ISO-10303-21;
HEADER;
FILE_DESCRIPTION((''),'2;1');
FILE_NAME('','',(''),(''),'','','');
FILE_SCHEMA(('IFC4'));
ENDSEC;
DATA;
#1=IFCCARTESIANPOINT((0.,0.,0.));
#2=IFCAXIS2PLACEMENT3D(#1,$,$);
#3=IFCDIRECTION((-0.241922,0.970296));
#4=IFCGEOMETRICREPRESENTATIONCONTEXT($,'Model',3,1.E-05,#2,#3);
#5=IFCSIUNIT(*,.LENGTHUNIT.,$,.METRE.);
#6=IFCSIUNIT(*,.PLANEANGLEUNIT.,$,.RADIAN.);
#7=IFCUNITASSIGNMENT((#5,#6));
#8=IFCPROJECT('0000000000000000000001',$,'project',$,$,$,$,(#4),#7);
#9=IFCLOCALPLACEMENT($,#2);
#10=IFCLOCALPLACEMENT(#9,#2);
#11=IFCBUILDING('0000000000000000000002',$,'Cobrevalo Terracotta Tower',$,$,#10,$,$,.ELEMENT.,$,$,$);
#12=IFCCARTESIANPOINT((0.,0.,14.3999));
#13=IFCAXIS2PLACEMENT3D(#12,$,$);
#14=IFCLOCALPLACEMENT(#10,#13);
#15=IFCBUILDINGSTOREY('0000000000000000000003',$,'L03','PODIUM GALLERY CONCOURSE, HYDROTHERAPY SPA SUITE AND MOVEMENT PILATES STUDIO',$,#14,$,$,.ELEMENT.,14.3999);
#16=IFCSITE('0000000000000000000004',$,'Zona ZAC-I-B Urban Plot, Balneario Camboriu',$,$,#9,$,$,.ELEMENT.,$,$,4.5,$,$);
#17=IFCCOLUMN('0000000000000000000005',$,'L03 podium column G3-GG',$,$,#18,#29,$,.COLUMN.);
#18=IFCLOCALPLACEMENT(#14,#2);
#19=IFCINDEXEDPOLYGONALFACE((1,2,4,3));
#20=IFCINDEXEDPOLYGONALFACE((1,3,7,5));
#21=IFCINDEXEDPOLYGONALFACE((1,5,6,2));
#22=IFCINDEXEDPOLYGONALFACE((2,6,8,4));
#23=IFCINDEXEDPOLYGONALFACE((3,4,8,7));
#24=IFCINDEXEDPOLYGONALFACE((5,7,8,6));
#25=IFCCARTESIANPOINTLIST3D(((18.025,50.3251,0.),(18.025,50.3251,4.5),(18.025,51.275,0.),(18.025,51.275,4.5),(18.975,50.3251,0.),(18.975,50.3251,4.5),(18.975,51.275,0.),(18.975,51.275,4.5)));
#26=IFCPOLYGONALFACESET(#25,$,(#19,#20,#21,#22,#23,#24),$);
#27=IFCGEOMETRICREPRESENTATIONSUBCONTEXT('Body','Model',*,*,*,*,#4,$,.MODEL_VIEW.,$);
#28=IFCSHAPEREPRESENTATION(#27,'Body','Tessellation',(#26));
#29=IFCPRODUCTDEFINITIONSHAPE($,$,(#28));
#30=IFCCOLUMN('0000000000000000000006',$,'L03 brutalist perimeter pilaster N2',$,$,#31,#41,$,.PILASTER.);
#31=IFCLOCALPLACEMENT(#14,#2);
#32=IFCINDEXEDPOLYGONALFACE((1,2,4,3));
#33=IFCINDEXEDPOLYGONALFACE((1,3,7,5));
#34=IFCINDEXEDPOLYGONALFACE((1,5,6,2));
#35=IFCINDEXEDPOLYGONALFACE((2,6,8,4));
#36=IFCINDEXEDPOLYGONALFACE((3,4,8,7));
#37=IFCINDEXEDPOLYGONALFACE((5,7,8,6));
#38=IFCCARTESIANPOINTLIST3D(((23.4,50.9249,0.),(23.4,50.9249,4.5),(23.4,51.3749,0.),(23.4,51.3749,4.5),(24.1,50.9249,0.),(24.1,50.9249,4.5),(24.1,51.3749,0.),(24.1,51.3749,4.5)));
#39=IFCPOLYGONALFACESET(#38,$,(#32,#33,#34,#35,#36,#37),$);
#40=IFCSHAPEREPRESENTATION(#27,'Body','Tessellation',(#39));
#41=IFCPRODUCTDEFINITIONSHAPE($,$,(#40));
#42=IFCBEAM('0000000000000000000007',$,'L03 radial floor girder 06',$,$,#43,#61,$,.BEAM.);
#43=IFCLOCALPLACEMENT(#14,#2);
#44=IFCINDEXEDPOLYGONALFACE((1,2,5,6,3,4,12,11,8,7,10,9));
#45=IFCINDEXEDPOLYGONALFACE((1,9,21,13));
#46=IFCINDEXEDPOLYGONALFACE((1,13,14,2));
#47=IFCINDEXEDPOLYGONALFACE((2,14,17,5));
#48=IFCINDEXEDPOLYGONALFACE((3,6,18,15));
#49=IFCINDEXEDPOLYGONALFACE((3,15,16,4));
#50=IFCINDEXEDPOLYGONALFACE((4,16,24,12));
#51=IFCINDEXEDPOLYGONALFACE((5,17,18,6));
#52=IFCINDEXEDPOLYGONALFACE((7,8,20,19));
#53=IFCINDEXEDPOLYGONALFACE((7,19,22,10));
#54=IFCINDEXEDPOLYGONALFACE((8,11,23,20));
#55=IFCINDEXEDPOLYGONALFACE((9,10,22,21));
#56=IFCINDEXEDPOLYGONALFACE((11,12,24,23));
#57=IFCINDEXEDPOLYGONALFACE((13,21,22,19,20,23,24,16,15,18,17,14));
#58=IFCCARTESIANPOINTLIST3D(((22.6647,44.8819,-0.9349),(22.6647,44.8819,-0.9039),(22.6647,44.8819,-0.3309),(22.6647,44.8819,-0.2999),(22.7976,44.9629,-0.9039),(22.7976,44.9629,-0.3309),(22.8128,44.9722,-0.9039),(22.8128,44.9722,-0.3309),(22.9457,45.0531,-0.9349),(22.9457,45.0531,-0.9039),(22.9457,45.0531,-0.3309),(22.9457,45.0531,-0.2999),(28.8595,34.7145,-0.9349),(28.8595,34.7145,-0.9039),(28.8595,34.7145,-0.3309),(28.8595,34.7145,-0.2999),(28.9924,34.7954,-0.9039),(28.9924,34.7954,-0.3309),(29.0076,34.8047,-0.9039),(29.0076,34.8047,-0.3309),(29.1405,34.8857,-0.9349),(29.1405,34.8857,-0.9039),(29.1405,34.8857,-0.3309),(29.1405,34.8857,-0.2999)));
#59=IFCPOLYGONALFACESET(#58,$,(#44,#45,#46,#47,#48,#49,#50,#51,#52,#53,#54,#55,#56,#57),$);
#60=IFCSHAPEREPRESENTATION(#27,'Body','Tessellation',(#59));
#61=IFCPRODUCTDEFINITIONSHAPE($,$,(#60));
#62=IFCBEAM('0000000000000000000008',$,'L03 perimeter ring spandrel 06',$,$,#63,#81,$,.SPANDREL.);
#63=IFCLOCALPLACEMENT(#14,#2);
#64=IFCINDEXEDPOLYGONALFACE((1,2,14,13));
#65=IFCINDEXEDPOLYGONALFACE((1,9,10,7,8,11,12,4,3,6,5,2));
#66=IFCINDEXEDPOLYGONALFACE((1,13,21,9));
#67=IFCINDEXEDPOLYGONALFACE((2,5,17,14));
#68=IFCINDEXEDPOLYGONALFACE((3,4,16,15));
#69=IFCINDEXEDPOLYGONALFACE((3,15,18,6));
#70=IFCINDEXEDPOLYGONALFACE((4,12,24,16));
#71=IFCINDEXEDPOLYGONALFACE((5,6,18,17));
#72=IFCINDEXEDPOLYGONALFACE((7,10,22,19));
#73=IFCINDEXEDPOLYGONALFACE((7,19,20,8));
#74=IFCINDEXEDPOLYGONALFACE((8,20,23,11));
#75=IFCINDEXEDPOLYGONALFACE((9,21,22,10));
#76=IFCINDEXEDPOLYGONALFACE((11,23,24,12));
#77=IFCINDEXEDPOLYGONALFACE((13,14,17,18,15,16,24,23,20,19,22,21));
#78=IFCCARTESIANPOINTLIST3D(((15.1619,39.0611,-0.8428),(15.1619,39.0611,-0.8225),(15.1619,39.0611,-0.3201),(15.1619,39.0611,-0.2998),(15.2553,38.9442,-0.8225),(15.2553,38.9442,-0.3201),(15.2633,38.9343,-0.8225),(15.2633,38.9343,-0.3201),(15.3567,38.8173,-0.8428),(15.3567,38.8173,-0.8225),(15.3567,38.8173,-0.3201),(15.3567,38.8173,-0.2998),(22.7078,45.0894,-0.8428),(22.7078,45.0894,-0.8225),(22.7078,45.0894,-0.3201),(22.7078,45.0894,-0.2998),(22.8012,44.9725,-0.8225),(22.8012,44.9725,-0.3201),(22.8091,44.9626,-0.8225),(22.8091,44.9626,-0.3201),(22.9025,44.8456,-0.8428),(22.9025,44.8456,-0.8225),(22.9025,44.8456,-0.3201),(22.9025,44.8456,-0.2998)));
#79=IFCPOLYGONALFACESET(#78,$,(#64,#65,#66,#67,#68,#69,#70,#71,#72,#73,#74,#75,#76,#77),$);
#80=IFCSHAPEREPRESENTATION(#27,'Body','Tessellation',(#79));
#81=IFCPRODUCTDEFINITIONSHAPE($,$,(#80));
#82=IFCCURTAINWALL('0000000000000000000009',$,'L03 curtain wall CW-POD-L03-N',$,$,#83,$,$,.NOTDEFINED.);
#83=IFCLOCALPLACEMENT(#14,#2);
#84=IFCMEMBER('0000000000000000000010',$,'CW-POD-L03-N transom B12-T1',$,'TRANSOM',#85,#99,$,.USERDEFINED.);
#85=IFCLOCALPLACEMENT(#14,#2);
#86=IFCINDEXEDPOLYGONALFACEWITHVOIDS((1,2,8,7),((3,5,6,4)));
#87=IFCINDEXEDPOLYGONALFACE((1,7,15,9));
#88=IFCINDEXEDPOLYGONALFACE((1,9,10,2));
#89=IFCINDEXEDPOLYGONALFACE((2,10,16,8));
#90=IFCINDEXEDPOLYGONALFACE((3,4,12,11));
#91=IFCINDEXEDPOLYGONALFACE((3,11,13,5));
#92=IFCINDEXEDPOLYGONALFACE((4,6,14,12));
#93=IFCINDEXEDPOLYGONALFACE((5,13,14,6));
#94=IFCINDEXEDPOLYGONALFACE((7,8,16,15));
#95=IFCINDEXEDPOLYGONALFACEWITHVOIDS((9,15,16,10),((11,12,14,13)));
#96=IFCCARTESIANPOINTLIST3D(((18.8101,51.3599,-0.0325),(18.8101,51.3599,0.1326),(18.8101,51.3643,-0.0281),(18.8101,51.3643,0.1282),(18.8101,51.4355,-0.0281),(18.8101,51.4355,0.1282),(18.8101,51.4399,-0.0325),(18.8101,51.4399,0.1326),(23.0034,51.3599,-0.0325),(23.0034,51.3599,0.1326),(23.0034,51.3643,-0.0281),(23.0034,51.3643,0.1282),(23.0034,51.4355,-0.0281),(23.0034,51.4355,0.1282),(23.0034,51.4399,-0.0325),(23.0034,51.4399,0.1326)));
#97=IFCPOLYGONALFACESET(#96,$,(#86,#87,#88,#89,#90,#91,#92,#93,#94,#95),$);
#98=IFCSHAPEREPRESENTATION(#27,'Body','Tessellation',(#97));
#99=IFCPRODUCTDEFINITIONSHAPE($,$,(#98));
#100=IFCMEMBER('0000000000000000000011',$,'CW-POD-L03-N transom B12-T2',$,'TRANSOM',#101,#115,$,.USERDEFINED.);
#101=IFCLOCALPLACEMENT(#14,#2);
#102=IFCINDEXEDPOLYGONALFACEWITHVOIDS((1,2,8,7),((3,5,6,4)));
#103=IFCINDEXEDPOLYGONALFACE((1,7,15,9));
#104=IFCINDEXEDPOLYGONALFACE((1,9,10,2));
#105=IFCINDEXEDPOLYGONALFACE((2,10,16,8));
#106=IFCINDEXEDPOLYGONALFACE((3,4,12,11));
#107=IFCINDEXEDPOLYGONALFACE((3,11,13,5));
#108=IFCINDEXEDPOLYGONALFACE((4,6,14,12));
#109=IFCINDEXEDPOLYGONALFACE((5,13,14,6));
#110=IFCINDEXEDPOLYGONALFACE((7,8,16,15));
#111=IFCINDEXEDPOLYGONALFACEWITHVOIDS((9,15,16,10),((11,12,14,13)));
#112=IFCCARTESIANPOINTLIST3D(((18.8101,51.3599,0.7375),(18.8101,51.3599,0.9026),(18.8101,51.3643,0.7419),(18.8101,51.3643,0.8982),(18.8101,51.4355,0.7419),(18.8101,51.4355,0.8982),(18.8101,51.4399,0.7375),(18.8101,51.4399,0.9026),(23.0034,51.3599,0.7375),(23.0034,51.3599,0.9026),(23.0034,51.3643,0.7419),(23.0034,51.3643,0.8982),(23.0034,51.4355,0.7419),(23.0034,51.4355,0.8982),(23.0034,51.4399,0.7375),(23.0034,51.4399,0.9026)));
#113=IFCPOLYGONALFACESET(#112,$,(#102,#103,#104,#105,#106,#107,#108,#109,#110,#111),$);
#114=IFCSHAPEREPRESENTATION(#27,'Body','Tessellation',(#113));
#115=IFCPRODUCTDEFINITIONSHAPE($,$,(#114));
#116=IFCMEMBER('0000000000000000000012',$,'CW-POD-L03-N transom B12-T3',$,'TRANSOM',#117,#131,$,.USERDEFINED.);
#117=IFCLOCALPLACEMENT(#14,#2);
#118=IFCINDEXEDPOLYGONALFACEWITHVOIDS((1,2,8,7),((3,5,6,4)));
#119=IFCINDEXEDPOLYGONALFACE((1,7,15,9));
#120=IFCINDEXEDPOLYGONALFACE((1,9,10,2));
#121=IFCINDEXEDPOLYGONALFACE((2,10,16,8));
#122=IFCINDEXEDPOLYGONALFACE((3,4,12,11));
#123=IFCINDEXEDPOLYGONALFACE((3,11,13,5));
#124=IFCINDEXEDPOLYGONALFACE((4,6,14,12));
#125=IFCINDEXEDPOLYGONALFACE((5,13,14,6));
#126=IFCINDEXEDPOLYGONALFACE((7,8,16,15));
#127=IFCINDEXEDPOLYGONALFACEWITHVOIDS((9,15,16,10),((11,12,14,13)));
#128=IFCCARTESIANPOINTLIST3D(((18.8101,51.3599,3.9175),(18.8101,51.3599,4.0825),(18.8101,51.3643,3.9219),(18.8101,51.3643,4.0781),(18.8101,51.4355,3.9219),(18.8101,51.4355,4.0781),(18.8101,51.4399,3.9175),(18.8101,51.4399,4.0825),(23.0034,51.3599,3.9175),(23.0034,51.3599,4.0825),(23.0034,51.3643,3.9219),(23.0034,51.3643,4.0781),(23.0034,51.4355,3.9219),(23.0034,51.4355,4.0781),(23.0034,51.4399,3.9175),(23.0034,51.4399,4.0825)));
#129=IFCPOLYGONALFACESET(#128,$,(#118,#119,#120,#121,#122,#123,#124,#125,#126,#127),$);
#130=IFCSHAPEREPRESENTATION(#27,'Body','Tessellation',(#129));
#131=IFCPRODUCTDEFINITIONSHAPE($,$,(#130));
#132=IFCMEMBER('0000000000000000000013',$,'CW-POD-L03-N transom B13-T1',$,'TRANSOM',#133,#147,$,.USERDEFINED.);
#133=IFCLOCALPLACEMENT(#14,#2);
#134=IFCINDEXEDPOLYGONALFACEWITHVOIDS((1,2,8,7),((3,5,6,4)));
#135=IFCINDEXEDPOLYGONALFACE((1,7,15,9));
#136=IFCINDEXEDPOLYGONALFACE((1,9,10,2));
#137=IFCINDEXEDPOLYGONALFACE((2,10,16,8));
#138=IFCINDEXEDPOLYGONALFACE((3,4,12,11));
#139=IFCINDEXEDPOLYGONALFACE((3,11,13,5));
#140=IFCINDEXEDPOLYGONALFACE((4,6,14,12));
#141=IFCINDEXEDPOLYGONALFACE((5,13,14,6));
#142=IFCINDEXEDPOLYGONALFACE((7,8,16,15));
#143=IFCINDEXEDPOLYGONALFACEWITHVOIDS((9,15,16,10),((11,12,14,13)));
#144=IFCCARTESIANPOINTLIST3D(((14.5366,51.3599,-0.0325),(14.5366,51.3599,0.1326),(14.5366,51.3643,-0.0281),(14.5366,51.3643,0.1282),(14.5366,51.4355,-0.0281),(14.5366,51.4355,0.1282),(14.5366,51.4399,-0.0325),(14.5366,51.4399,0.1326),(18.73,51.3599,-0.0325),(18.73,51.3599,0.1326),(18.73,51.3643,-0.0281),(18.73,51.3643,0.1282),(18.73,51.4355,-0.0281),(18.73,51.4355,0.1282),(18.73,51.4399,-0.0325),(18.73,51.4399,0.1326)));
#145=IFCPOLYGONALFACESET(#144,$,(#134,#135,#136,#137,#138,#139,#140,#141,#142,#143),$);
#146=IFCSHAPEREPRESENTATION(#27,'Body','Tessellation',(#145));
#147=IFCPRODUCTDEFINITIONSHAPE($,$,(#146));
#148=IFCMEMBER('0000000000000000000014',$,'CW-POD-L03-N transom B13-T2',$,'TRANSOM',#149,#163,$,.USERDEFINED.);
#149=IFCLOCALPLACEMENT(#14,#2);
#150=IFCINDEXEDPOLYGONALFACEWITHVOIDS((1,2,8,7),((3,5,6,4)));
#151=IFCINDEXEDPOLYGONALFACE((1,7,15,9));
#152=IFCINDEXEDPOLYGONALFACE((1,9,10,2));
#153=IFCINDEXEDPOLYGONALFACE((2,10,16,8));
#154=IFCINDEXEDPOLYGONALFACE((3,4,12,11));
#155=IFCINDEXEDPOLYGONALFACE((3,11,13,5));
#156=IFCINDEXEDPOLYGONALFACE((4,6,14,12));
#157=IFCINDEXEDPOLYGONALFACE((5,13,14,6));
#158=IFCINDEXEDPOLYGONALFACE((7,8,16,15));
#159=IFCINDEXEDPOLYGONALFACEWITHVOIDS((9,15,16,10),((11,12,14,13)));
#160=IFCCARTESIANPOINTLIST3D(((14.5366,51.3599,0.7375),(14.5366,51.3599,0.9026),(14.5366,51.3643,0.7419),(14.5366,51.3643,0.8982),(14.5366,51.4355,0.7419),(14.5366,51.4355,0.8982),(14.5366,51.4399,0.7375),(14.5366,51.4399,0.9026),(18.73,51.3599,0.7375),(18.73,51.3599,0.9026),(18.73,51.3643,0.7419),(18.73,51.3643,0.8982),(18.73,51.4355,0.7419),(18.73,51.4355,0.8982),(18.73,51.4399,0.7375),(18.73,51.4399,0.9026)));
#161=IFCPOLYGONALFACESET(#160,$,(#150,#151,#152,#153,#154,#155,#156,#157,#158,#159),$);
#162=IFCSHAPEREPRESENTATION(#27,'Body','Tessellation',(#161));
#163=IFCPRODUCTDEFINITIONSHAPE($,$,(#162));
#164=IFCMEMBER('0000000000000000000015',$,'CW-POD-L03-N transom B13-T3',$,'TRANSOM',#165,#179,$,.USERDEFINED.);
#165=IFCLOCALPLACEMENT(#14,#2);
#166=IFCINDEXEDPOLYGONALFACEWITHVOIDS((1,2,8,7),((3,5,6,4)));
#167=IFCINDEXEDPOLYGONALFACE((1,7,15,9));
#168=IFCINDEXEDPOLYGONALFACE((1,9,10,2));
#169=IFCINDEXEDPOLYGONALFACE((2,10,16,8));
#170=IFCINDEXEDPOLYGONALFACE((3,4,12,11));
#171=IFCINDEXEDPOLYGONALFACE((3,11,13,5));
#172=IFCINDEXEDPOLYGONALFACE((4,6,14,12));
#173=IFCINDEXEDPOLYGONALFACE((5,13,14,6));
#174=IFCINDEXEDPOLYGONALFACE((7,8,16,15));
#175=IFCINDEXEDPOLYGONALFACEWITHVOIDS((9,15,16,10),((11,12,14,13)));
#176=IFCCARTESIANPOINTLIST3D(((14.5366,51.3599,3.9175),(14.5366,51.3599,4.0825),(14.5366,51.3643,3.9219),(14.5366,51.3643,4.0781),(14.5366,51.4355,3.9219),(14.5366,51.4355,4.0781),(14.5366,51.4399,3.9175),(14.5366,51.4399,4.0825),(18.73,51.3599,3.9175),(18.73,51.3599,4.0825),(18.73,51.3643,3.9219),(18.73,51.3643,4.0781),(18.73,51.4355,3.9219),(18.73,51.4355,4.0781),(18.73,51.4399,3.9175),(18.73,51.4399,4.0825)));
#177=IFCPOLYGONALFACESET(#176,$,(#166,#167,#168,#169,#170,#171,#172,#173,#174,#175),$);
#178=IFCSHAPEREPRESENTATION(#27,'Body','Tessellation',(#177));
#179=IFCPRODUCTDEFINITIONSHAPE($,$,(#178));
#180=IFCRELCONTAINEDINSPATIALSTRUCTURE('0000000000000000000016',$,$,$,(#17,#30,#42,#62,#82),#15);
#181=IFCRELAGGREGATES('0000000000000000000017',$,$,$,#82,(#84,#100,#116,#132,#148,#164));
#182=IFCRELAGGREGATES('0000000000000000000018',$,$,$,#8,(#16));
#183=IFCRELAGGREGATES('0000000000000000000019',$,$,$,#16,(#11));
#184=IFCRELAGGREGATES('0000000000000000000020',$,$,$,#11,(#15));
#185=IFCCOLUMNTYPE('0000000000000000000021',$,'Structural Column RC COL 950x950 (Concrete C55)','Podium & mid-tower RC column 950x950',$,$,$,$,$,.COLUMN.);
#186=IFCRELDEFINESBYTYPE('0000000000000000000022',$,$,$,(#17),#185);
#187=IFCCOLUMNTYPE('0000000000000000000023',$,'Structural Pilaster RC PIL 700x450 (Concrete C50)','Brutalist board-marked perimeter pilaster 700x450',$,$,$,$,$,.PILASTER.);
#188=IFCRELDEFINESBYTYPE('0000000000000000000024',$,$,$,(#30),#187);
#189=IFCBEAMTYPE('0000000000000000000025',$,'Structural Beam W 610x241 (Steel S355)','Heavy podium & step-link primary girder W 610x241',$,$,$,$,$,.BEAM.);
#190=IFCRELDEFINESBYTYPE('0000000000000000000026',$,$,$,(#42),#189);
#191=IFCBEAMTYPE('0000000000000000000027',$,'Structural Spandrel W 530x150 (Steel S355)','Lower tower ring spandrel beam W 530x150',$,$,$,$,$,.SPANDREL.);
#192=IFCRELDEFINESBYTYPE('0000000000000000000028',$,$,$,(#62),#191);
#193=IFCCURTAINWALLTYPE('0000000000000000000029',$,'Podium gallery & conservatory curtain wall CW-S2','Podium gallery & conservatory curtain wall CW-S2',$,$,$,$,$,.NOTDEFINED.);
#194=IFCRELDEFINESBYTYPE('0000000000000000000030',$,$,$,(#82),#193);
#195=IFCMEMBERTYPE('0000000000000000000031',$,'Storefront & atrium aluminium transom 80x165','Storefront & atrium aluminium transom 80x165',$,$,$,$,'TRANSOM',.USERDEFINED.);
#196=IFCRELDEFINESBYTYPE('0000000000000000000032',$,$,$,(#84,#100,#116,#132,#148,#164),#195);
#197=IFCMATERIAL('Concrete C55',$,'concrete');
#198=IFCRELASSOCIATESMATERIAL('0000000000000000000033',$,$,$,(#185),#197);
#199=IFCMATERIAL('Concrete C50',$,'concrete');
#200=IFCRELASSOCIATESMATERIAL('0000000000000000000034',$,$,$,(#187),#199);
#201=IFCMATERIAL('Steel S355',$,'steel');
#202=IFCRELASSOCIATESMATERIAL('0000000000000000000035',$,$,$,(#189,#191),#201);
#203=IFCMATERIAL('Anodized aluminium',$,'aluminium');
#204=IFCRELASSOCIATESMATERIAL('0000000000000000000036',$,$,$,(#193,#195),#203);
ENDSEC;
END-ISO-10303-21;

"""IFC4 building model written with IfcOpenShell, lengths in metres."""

from ifc_helpers import new_model, si_unit, direction, frame, origin, origin_2d, place, context, subcontext, project, spatial, rectangle, hollow_rectangle, i_section, extrude, source, transform, mapped, material, material_profile, profile_set, type_object, element, aggregate, save


model = new_model("IFC4")

# Units and contexts
model_context = context("Model", 3, precision=1e-05, world=origin(), true_north=direction((-0.241922, 0.970296)))
body_context = subcontext(model_context, "Body", "Model", "MODEL_VIEW")
ifc_project = project(units=[si_unit("LENGTHUNIT", "METRE"), si_unit("PLANEANGLEUNIT", "RADIAN")], contexts=[model_context])

# Site, building, storey
site_placement = place(None, origin())
site = spatial("IfcSite", under=ifc_project, at=site_placement, Name="Zona ZAC-I-B Urban Plot, Balneario Camboriu", CompositionType="ELEMENT", RefElevation=4.5)
building_placement = place(site_placement, origin())
building = spatial("IfcBuilding", under=site, at=building_placement, Name="Cobrevalo Terracotta Tower", CompositionType="ELEMENT")
storey_placement = place(building_placement, frame((0.0, 0.0, 14.3999)))
storey = spatial("IfcBuildingStorey", under=building, at=storey_placement, Name="L03", Description="PODIUM GALLERY CONCOURSE, HYDROTHERAPY SPA SUITE AND MOVEMENT PILATES STUDIO", CompositionType="ELEMENT", Elevation=14.3999)

# Columns
ifc_material_1 = material(Name="Concrete C55", Category="concrete")
ifc_material_profile_1 = material_profile(ifc_material_1, rectangle(XDim=0.95, YDim=0.95, at=origin_2d()), Name="RC COL 950x950")
ifc_profile_set_1 = profile_set([ifc_material_profile_1], Name="Concrete C55")
column_type_1 = type_object("IfcColumnType", Name="Structural Column RC COL 950x950 (Concrete C55)", Description="Podium & mid-tower RC column 950x950", PredefinedType="COLUMN", material=ifc_profile_set_1)
column_1_placement = place(storey_placement, frame((18.5, 50.8, 0.0), z_axis=(0.0, 0.0, 1.0), x_axis=(1.0, 0.0, 0.0)))
element("IfcColumn", 1, at=column_1_placement, inside=storey, type_object=column_type_1, Name="L03 podium column G3-GG", PredefinedType="COLUMN", context=body_context, shape_type="SweptSolid", body=[
    extrude(rectangle(XDim=0.95, YDim=0.95, at=origin_2d()), origin(), (0.0, 0.0, 1.0), 4.5),
])
ifc_material_2 = material(Name="Concrete C50", Category="concrete")
ifc_material_profile_2 = material_profile(ifc_material_2, rectangle(XDim=0.7, YDim=0.45, at=origin_2d()), Name="RC PIL 700x450")
ifc_profile_set_2 = profile_set([ifc_material_profile_2], Name="Concrete C50")
column_type_2 = type_object("IfcColumnType", Name="Structural Pilaster RC PIL 700x450 (Concrete C50)", Description="Brutalist board-marked perimeter pilaster 700x450", PredefinedType="PILASTER", material=ifc_profile_set_2)
column_2_placement = place(storey_placement, frame((23.75, 51.1499, 0.0), z_axis=(0.0, 0.0, 1.0), x_axis=(1.0, 0.0, 0.0)))
element("IfcColumn", 2, at=column_2_placement, inside=storey, type_object=column_type_2, Name="L03 brutalist perimeter pilaster N2", PredefinedType="PILASTER", context=body_context, shape_type="SweptSolid", body=[
    extrude(rectangle(XDim=0.7, YDim=0.45, at=origin_2d()), origin(), (0.0, 0.0, 1.0), 4.5),
])

# Beams
ifc_material_3 = material(Name="Steel S355", Category="steel")
ifc_material_profile_3 = material_profile(ifc_material_3, i_section(OverallWidth=0.3291, OverallDepth=0.635, WebThickness=0.0178, FlangeThickness=0.031, at=origin_2d()), Name="W 610x241")
ifc_profile_set_3 = profile_set([ifc_material_profile_3], Name="Steel S355")
beam_type_1 = type_object("IfcBeamType", Name="Structural Beam W 610x241 (Steel S355)", Description="Heavy podium & step-link primary girder W 610x241", PredefinedType="BEAM", material=ifc_profile_set_3)
beam_1_placement = place(storey_placement, frame((22.8052, 44.9675, -0.6174), z_axis=(0.52031, -0.853978, 0.0), x_axis=(0.853978, 0.52031, 0.0)))
element("IfcBeam", 3, at=beam_1_placement, inside=storey, type_object=beam_type_1, Name="L03 radial floor girder 06", PredefinedType="BEAM", context=body_context, shape_type="SweptSolid", body=[
    extrude(i_section(OverallWidth=0.3291, OverallDepth=0.635, WebThickness=0.0178, FlangeThickness=0.031, at=origin_2d()), origin(), (0.0, 0.0, 1.0), 11.906),
])
ifc_material_profile_4 = material_profile(ifc_material_3, i_section(OverallWidth=0.312, OverallDepth=0.543, WebThickness=0.0127, FlangeThickness=0.0203, at=origin_2d()), Name="W 530x150")
ifc_profile_set_4 = profile_set([ifc_material_profile_4], Name="Steel S355")
beam_type_2 = type_object("IfcBeamType", Name="Structural Spandrel W 530x150 (Steel S355)", Description="Lower tower ring spandrel beam W 530x150", PredefinedType="SPANDREL", material=ifc_profile_set_4)
beam_2_placement = place(storey_placement, frame((22.8052, 44.9675, -0.5713), z_axis=(-0.781293, -0.624165, 0.0), x_axis=(0.624165, -0.781293, 0.0)))
element("IfcBeam", 4, at=beam_2_placement, inside=storey, type_object=beam_type_2, Name="L03 perimeter ring spandrel 06", PredefinedType="SPANDREL", context=body_context, shape_type="SweptSolid", body=[
    extrude(i_section(OverallWidth=0.312, OverallDepth=0.543, WebThickness=0.0127, FlangeThickness=0.0203, at=origin_2d()), origin(), (0.0, 0.0, 1.0), 9.6582),
])

# Curtain wall, members
ifc_material_4 = material(Name="Anodized aluminium", Category="aluminium")
curtain_wall_type = type_object("IfcCurtainWallType", Name="Podium gallery & conservatory curtain wall CW-S2", Description="Podium gallery & conservatory curtain wall CW-S2", PredefinedType="NOTDEFINED", material=ifc_material_4)
curtain_wall_placement = place(storey_placement, origin())
curtain_wall = element("IfcCurtainWall", 5, at=curtain_wall_placement, inside=storey, type_object=curtain_wall_type, Name="L03 curtain wall CW-POD-L03-N", PredefinedType="NOTDEFINED")
ifc_material_profile_5 = material_profile(ifc_material_4, hollow_rectangle(XDim=0.0801, YDim=0.165, WallThickness=0.0044, at=origin_2d()), Name="CWT 80x165")
ifc_profile_set_5 = profile_set([ifc_material_profile_5], Name="Anodized aluminium")
member_type_1 = type_object("IfcMemberType", Name="Storefront & atrium aluminium transom 80x165", Description="Storefront & atrium aluminium transom 80x165", ElementType="TRANSOM", PredefinedType="USERDEFINED", material=ifc_profile_set_5)
shared_shape_1 = source(origin(), body_context, "Body", "SweptSolid", [
    extrude(hollow_rectangle(XDim=0.0801, YDim=0.165, WallThickness=0.0044, at=origin_2d()), origin(), (0.0, 0.0, 1.0), 4.1934),
])
member_1_placement = place(storey_placement, frame((23.0034, 51.3999, 0.05), z_axis=(-1.0, 0.0, 0.0), x_axis=(0.0, -1.0, 0.0)))
member_1 = element("IfcMember", 6, at=member_1_placement, type_object=member_type_1, Name="CW-POD-L03-N transom B12-T1", ObjectType="TRANSOM", PredefinedType="USERDEFINED", context=body_context, shape_type="MappedRepresentation", body=[
    mapped(shared_shape_1, transform((0.0, 0.0, 0.0), scale=1.0)),
])
member_2_placement = place(storey_placement, frame((23.0034, 51.3999, 0.8201), z_axis=(-1.0, 0.0, 0.0), x_axis=(0.0, -1.0, 0.0)))
member_2 = element("IfcMember", 7, at=member_2_placement, type_object=member_type_1, Name="CW-POD-L03-N transom B12-T2", ObjectType="TRANSOM", PredefinedType="USERDEFINED", context=body_context, shape_type="MappedRepresentation", body=[
    mapped(shared_shape_1, transform((0.0, 0.0, 0.0), scale=1.0)),
])
member_3_placement = place(storey_placement, frame((23.0034, 51.3999, 4.0), z_axis=(-1.0, 0.0, 0.0), x_axis=(0.0, -1.0, 0.0)))
member_3 = element("IfcMember", 8, at=member_3_placement, type_object=member_type_1, Name="CW-POD-L03-N transom B12-T3", ObjectType="TRANSOM", PredefinedType="USERDEFINED", context=body_context, shape_type="MappedRepresentation", body=[
    mapped(shared_shape_1, transform((0.0, 0.0, 0.0), scale=1.0)),
])
member_4_placement = place(storey_placement, frame((18.73, 51.3999, 0.05), z_axis=(-1.0, 0.0, 0.0), x_axis=(0.0, -1.0, 0.0)))
member_4 = element("IfcMember", 9, at=member_4_placement, type_object=member_type_1, Name="CW-POD-L03-N transom B13-T1", ObjectType="TRANSOM", PredefinedType="USERDEFINED", context=body_context, shape_type="MappedRepresentation", body=[
    mapped(shared_shape_1, transform((0.0, 0.0, 0.0), scale=1.0)),
])
member_5_placement = place(storey_placement, frame((18.73, 51.3999, 0.8201), z_axis=(-1.0, 0.0, 0.0), x_axis=(0.0, -1.0, 0.0)))
member_5 = element("IfcMember", 10, at=member_5_placement, type_object=member_type_1, Name="CW-POD-L03-N transom B13-T2", ObjectType="TRANSOM", PredefinedType="USERDEFINED", context=body_context, shape_type="MappedRepresentation", body=[
    mapped(shared_shape_1, transform((0.0, 0.0, 0.0), scale=1.0)),
])
member_6_placement = place(storey_placement, frame((18.73, 51.3999, 4.0), z_axis=(-1.0, 0.0, 0.0), x_axis=(0.0, -1.0, 0.0)))
member_6 = element("IfcMember", 11, at=member_6_placement, type_object=member_type_1, Name="CW-POD-L03-N transom B13-T3", ObjectType="TRANSOM", PredefinedType="USERDEFINED", context=body_context, shape_type="MappedRepresentation", body=[
    mapped(shared_shape_1, transform((0.0, 0.0, 0.0), scale=1.0)),
])
aggregate(curtain_wall, [member_1, member_2, member_3, member_4, member_5, member_6])

save(model, "model.ifc")
